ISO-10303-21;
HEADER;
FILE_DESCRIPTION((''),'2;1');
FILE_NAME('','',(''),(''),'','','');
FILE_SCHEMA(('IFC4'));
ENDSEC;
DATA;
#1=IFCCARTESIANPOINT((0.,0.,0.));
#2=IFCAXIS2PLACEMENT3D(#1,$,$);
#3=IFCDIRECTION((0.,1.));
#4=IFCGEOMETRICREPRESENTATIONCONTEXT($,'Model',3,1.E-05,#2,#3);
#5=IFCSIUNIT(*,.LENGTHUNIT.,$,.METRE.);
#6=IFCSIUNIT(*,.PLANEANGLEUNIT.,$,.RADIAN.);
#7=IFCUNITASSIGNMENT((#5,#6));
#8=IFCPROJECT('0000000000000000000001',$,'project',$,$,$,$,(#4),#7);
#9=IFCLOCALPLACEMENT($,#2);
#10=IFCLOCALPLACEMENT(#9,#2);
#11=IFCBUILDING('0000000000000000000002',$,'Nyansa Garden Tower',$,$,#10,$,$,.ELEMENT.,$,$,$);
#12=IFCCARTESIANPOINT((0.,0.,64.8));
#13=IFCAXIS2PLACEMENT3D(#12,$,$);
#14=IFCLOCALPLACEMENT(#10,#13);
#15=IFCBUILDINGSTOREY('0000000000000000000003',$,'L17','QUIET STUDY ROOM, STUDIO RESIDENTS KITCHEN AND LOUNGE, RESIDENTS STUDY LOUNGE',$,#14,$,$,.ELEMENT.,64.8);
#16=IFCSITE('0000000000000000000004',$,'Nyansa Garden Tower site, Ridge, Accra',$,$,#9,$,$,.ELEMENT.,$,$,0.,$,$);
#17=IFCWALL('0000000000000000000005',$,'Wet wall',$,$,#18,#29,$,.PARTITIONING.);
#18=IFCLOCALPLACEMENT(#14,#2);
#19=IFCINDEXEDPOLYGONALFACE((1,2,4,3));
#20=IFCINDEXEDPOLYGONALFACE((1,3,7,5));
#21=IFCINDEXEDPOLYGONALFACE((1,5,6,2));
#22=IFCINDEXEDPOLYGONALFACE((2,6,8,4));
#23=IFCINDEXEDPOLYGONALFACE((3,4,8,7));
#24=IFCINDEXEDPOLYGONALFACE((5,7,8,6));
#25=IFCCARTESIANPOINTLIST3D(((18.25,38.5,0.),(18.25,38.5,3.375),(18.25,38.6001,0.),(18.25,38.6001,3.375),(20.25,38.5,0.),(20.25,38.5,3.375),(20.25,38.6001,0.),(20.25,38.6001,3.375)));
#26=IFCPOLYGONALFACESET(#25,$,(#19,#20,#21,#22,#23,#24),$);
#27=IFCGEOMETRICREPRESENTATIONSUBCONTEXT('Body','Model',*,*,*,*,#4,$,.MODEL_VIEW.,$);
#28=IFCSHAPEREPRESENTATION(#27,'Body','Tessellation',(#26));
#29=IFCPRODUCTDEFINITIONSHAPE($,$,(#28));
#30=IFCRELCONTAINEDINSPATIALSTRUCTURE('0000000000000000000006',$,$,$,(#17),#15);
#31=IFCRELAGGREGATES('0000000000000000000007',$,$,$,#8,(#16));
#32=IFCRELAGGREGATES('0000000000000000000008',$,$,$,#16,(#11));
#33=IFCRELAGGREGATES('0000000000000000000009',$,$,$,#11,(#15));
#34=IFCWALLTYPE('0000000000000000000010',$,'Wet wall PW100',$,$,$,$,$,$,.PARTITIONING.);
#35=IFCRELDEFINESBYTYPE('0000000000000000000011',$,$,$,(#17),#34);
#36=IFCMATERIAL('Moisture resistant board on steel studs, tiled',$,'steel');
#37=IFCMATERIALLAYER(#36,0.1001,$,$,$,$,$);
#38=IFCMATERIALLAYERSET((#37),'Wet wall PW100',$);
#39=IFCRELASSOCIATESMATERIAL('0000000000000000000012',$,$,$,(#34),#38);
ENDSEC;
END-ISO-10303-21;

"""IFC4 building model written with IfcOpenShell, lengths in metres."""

from ifc_helpers import new_model, si_unit, direction, frame, frame_2d, origin, place, context, subcontext, project, spatial, rectangle, extrude, material, layer, layer_set, type_object, element, save


model = new_model("IFC4")

# Units and contexts
model_context = context("Model", 3, precision=1e-05, world=origin(), true_north=direction((0.0, 1.0)))
body_context = subcontext(model_context, "Body", "Model", "MODEL_VIEW")
ifc_project = project(units=[si_unit("LENGTHUNIT", "METRE"), si_unit("PLANEANGLEUNIT", "RADIAN")], contexts=[model_context])

# Site, building, storey
site_placement = place(None, origin())
site = spatial("IfcSite", under=ifc_project, at=site_placement, Name="Nyansa Garden Tower site, Ridge, Accra", CompositionType="ELEMENT", RefElevation=0.0)
building_placement = place(site_placement, origin())
building = spatial("IfcBuilding", under=site, at=building_placement, Name="Nyansa Garden Tower", CompositionType="ELEMENT")
storey_placement = place(building_placement, frame((0.0, 0.0, 64.8)))
storey = spatial("IfcBuildingStorey", under=building, at=storey_placement, Name="L17", Description="QUIET STUDY ROOM, STUDIO RESIDENTS KITCHEN AND LOUNGE, RESIDENTS STUDY LOUNGE", CompositionType="ELEMENT", Elevation=64.8)

# Shared definitions
ifc_material_1 = material(Name="Moisture resistant board on steel studs, tiled", Category="steel")
ifc_layer_1 = layer(ifc_material_1, 0.1001)
ifc_layer_set_1 = layer_set([ifc_layer_1], Name="Wet wall PW100")
wall_type_1 = type_object("IfcWallType", Name="Wet wall PW100", PredefinedType="PARTITIONING", material=ifc_layer_set_1)

# Wall
wall_1_placement = place(storey_placement, frame((18.25, 38.55, 0.0), z_axis=(0.0, 0.0, 1.0), x_axis=(1.0, 0.0, 0.0)))
element("IfcWall", 1, at=wall_1_placement, inside=storey, type_object=wall_type_1, Name="Wet wall", PredefinedType="PARTITIONING", context=body_context, shape_type="SweptSolid", body=[
    extrude(rectangle(XDim=2.0, YDim=0.1001, at=frame_2d((1.0, 0.0))), origin(), (0.0, 0.0, 1.0), 3.375),
])

save(model, "model.ifc")
